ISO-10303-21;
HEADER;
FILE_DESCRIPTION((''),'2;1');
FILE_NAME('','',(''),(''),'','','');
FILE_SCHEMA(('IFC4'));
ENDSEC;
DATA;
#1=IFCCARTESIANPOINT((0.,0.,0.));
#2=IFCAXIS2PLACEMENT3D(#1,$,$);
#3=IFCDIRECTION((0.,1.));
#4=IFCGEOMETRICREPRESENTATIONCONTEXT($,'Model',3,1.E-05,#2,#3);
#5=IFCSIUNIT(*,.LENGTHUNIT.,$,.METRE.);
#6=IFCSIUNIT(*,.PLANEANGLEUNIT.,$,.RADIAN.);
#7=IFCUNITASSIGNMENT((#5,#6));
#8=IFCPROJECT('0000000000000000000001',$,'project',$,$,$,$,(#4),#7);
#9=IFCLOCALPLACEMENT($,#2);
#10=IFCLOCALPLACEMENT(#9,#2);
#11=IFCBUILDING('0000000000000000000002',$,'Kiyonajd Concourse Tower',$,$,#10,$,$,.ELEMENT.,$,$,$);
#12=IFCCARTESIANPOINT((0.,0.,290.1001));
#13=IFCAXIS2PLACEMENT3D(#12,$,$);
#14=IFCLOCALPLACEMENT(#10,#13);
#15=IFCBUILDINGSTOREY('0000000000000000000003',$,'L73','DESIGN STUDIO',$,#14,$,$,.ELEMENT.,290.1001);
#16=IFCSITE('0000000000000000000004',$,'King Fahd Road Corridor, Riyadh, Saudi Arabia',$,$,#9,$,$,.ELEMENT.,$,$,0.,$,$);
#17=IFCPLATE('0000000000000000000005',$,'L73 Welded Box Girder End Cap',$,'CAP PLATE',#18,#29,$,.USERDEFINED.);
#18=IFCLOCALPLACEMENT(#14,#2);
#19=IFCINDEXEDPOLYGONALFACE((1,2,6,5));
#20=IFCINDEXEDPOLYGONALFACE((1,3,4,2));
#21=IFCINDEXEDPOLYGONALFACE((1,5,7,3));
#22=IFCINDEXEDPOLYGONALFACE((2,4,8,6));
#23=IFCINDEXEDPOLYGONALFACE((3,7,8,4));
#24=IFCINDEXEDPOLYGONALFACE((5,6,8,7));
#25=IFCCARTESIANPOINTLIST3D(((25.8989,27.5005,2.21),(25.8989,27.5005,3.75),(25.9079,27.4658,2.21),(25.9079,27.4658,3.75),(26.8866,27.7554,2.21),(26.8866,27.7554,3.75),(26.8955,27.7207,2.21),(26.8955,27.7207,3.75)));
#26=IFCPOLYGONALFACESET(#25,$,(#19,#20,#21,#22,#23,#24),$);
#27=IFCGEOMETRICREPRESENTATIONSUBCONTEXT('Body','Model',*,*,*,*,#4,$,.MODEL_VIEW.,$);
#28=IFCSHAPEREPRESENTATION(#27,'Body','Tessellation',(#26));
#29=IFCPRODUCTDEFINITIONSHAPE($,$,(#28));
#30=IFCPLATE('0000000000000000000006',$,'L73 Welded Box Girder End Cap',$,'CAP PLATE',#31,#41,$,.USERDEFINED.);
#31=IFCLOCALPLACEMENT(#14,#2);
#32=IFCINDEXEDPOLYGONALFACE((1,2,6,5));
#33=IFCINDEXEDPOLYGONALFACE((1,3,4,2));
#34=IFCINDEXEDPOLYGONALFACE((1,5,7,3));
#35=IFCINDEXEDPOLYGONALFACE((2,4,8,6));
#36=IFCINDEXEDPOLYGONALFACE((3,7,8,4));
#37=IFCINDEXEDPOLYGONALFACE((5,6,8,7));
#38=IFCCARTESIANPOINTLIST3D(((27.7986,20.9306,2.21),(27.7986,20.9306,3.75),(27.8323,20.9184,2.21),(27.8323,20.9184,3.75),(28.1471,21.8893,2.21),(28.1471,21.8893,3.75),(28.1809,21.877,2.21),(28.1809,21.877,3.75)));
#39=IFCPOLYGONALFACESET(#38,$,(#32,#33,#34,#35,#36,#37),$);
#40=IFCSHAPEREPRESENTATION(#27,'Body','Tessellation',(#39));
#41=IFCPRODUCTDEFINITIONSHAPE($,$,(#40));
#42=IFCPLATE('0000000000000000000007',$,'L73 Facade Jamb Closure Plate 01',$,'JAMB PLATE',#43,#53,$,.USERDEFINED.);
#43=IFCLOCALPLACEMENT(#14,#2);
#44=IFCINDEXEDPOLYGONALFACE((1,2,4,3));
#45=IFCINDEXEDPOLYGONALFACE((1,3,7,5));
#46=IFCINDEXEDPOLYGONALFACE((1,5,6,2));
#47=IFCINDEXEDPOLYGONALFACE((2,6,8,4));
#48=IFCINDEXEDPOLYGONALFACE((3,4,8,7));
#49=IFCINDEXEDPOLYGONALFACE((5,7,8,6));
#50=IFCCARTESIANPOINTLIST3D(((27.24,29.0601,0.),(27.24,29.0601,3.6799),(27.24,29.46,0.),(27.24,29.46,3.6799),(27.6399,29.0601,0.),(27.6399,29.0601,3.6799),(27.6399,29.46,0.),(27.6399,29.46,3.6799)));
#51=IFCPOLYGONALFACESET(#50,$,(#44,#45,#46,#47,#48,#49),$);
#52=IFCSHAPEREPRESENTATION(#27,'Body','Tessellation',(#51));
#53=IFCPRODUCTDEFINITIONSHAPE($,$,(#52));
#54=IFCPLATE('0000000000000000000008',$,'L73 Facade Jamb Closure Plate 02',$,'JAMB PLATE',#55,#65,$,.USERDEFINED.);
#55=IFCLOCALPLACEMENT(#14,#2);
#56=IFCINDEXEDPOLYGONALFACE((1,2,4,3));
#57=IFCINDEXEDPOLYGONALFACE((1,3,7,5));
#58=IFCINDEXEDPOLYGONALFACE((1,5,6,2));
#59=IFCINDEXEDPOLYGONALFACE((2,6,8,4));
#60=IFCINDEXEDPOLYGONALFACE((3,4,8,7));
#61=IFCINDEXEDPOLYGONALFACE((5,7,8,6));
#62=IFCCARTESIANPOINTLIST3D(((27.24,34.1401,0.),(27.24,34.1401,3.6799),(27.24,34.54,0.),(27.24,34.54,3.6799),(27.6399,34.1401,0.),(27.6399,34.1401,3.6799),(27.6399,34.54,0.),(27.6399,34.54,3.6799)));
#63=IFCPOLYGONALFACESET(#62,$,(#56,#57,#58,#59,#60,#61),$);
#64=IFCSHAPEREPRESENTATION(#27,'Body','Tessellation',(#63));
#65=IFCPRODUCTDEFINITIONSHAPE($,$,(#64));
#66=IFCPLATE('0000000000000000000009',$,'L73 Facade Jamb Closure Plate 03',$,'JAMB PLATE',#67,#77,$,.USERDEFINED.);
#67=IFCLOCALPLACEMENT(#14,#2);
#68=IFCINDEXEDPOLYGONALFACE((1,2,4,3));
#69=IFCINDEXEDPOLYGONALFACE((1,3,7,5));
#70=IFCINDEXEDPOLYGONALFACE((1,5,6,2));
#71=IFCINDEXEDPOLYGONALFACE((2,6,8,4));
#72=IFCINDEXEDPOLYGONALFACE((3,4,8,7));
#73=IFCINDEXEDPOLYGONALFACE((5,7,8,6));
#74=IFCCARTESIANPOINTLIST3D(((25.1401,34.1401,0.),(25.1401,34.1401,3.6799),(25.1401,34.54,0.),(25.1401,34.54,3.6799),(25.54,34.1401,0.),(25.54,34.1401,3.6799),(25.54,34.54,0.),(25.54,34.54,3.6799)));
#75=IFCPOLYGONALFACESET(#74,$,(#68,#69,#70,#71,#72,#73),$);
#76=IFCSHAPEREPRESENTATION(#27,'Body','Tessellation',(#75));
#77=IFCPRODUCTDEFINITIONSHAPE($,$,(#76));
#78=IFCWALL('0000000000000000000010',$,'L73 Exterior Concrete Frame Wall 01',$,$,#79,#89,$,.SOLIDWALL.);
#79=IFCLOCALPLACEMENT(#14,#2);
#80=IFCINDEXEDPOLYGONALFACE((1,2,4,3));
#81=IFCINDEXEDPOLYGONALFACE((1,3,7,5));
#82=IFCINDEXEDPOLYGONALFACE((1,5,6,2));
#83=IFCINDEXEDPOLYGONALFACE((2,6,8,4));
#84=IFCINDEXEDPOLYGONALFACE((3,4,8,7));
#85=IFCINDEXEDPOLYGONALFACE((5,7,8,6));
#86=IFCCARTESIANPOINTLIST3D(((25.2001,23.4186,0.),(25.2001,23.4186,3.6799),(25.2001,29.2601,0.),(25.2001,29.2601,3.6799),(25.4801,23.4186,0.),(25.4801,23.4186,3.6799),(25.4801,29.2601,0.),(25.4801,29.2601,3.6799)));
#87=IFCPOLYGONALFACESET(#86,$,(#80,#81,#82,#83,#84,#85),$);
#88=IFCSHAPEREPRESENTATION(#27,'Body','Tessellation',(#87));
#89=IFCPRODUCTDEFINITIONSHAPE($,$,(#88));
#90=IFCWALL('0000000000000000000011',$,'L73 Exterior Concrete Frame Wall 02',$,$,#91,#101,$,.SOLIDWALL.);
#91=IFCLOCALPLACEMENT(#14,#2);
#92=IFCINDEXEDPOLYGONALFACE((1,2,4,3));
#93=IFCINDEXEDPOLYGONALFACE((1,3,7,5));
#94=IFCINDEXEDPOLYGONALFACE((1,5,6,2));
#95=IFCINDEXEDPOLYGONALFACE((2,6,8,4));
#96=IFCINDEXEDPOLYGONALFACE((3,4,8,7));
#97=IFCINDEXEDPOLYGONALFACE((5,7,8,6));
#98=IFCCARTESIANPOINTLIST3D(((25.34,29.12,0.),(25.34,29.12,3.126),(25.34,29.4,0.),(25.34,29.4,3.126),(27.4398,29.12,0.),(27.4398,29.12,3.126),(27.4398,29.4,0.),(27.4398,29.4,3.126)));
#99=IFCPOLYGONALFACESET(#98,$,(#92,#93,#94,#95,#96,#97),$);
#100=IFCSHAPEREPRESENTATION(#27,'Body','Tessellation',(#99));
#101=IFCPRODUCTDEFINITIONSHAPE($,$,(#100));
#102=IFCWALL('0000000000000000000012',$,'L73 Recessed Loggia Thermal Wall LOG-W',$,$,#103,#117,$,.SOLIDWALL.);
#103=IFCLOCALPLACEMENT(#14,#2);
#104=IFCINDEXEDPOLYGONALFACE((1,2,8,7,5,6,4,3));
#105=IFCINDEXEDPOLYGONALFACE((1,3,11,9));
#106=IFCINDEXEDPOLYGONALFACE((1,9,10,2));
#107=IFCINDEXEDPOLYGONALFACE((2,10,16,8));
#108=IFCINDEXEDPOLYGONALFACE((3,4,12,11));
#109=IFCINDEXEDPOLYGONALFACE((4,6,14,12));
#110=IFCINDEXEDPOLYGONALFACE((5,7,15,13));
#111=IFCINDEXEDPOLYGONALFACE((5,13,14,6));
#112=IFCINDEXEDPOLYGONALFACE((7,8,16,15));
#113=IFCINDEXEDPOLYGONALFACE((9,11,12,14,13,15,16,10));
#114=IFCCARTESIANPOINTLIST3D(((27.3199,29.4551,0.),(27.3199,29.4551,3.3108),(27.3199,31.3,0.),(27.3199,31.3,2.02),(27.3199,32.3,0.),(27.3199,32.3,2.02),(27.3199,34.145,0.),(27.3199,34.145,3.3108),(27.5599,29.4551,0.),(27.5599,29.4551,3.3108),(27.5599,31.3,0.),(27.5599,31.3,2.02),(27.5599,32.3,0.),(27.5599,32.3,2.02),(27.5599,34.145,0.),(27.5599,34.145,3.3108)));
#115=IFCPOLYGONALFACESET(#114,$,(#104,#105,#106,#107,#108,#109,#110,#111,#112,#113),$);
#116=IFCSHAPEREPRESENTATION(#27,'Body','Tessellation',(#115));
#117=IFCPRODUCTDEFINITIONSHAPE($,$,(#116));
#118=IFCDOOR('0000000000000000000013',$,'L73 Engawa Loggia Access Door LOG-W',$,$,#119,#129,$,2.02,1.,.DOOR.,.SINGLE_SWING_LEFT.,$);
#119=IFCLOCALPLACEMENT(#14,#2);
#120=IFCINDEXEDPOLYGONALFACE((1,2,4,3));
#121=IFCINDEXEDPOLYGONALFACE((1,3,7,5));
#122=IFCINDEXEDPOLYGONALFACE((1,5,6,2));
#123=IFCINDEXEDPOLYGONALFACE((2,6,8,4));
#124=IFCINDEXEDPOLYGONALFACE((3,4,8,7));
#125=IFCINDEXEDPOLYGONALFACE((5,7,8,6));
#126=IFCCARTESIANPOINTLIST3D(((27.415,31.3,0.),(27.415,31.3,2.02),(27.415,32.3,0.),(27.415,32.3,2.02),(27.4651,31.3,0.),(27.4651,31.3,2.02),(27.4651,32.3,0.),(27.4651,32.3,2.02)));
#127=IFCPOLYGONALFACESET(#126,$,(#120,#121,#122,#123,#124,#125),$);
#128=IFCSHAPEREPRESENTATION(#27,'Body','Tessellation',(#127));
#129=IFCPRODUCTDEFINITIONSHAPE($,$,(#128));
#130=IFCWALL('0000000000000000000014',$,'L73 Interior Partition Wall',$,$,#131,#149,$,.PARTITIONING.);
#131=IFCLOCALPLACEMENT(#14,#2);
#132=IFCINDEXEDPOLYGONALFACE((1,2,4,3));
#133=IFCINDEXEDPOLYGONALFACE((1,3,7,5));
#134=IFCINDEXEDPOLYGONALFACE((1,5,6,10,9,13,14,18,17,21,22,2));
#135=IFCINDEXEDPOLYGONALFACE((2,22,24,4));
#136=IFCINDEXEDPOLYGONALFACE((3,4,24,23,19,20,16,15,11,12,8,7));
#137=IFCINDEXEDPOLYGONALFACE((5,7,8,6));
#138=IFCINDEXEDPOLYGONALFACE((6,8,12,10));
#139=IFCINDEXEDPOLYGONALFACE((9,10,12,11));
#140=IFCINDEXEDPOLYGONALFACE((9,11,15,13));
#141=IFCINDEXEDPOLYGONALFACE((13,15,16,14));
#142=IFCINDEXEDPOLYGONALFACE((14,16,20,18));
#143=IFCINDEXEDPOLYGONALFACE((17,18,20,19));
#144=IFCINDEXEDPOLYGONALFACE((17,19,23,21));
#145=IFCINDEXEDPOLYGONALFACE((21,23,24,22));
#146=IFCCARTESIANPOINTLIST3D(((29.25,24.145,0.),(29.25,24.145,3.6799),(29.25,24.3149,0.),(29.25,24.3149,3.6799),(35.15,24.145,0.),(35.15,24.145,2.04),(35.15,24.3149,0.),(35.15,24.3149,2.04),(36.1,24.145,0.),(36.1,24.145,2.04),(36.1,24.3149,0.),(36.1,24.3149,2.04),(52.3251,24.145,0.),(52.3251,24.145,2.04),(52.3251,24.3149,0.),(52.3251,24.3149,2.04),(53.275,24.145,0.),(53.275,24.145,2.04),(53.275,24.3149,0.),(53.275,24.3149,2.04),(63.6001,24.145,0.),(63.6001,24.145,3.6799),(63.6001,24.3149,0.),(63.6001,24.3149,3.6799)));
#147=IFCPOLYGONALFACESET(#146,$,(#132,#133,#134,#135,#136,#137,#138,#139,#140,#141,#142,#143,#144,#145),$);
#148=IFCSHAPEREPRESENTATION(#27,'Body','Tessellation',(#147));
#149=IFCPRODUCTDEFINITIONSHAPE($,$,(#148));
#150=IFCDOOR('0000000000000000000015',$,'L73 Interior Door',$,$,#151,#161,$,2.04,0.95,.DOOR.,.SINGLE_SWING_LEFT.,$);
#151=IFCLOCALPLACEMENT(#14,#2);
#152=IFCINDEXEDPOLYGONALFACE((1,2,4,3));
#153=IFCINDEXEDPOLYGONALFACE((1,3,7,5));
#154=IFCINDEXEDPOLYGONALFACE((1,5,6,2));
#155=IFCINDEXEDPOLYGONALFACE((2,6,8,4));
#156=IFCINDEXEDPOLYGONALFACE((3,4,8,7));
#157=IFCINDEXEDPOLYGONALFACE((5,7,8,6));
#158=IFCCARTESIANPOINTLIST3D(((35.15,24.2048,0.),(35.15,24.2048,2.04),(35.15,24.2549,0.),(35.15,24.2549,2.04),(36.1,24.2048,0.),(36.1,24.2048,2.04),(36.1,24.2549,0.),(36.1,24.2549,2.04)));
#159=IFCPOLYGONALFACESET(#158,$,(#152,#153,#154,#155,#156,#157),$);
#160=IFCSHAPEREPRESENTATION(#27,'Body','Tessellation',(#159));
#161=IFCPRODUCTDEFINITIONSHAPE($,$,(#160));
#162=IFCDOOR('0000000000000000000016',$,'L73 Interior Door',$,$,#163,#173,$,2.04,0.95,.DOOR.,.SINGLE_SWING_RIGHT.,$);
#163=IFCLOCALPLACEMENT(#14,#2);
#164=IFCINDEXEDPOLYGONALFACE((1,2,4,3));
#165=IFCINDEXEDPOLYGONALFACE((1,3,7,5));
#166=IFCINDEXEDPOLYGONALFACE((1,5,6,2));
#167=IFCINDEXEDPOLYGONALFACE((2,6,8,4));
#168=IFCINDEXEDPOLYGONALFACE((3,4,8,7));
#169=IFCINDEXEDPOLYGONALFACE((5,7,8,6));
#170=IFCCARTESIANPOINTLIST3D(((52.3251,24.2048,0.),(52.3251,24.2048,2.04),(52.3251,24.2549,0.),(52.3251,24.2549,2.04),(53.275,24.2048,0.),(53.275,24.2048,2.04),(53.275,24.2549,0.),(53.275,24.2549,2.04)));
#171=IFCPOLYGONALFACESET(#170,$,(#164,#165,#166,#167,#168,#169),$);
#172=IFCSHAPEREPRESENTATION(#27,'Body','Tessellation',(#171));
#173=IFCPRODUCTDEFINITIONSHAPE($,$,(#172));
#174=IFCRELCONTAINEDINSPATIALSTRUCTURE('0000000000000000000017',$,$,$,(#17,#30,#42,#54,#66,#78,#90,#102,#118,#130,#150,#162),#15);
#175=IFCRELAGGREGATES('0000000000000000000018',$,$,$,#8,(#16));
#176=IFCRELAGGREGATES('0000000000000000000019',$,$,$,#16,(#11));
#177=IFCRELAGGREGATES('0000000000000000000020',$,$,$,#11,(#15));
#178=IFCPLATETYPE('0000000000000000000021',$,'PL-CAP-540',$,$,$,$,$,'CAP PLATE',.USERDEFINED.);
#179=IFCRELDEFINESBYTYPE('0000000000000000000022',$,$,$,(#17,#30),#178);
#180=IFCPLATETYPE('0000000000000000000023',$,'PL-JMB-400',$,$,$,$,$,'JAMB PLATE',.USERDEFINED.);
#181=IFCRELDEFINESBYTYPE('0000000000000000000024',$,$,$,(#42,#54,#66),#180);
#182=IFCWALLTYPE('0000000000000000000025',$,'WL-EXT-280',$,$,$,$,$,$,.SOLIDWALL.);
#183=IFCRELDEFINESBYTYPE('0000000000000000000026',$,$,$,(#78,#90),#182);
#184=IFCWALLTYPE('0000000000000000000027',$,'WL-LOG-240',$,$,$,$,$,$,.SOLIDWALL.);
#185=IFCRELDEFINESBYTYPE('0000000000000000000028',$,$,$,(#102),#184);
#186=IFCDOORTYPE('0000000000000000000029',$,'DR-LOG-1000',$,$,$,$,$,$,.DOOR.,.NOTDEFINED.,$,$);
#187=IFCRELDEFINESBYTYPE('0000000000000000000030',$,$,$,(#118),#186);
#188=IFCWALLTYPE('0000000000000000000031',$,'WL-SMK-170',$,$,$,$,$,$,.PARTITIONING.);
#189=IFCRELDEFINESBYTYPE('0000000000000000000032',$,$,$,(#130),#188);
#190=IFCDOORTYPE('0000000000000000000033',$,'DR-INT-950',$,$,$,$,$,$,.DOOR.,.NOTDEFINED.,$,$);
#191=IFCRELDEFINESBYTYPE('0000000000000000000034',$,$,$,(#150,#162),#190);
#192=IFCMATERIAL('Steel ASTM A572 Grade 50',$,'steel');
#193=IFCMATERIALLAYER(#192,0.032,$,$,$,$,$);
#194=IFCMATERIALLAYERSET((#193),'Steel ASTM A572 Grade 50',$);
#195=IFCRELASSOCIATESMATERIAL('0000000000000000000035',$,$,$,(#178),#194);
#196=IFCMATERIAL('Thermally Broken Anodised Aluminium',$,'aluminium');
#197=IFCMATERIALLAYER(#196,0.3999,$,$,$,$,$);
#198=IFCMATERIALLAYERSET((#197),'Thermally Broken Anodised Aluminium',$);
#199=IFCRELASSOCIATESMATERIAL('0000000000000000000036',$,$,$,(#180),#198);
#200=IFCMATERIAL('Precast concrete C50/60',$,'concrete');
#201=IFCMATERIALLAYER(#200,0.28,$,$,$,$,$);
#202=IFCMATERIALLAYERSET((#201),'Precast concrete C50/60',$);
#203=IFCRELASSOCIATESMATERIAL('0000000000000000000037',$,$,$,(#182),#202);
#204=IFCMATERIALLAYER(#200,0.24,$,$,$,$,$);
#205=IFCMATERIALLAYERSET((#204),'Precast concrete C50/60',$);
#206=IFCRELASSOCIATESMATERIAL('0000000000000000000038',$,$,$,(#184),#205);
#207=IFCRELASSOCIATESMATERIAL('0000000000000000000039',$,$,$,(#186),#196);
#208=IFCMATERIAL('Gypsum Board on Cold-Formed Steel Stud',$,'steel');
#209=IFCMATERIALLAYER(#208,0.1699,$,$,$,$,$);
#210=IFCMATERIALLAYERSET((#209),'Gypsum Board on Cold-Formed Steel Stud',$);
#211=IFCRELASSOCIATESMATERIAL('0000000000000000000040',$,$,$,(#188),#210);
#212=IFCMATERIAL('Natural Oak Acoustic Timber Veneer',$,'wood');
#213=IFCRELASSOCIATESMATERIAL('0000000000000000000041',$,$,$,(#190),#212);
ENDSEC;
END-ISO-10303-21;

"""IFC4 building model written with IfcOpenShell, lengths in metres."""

from ifc_helpers import new_model, si_unit, direction, frame, frame_2d, origin, origin_2d, place, context, subcontext, project, spatial, rectangle, extrude, material, layer, layer_set, type_object, element, fill, save


model = new_model("IFC4")

# Units and contexts
model_context = context("Model", 3, precision=1e-05, world=origin(), true_north=direction((0.0, 1.0)))
body_context = subcontext(model_context, "Body", "Model", "MODEL_VIEW")
ifc_project = project(units=[si_unit("LENGTHUNIT", "METRE"), si_unit("PLANEANGLEUNIT", "RADIAN")], contexts=[model_context])

# Site, building, storey
site_placement = place(None, origin())
site = spatial("IfcSite", under=ifc_project, at=site_placement, Name="King Fahd Road Corridor, Riyadh, Saudi Arabia", CompositionType="ELEMENT", RefElevation=0.0)
building_placement = place(site_placement, origin())
building = spatial("IfcBuilding", under=site, at=building_placement, Name="Kiyonajd Concourse Tower", CompositionType="ELEMENT")
storey_placement = place(building_placement, frame((0.0, 0.0, 290.1001)))
storey = spatial("IfcBuildingStorey", under=building, at=storey_placement, Name="L73", Description="DESIGN STUDIO", CompositionType="ELEMENT", Elevation=290.1001)

# Shared definitions
ifc_material_1 = material(Name="Steel ASTM A572 Grade 50", Category="steel")

# Plates
ifc_layer_1 = layer(ifc_material_1, 0.032)
ifc_layer_set_1 = layer_set([ifc_layer_1], Name="Steel ASTM A572 Grade 50")
plate_type_1 = type_object("IfcPlateType", Name="PL-CAP-540", ElementType="CAP PLATE", PredefinedType="USERDEFINED", material=ifc_layer_set_1)
for number, where, z_axis, x_axis, name in (
    (1, (26.3972, 27.6106, 2.21), (0.0, 0.0, 1.0), (-0.249873, 0.968279, 0.0), "L73 Welded Box Girder End Cap"),
    (2, (27.9897, 21.4038, 2.21), (0.0, 0.0, 1.0), (-0.939812, 0.341692, 0.0), "L73 Welded Box Girder End Cap"),
):
    element("IfcPlate", number, at=place(storey_placement, frame(where, z_axis=z_axis, x_axis=x_axis)), inside=storey, type_object=plate_type_1, Name=name, ObjectType="CAP PLATE", PredefinedType="USERDEFINED", context=body_context, shape_type="SweptSolid", body=[
        extrude(rectangle(XDim=0.0359, YDim=1.02, at=origin_2d()), origin(), (0.0, 0.0, 1.0), 1.54),
    ])
ifc_material_2 = material(Name="Thermally Broken Anodised Aluminium", Category="aluminium")
ifc_layer_2 = layer(ifc_material_2, 0.3999)
ifc_layer_set_2 = layer_set([ifc_layer_2], Name="Thermally Broken Anodised Aluminium")
plate_type_2 = type_object("IfcPlateType", Name="PL-JMB-400", ElementType="JAMB PLATE", PredefinedType="USERDEFINED", material=ifc_layer_set_2)
for number, where, z_axis, x_axis, name in (
    (3, (27.4399, 29.26, 0.0), (0.0, 0.0, 1.0), (1.0, 0.0, 0.0), "L73 Facade Jamb Closure Plate 01"),
    (4, (27.4399, 34.3401, 0.0), (0.0, 0.0, 1.0), (1.0, 0.0, 0.0), "L73 Facade Jamb Closure Plate 02"),
    (5, (25.3401, 34.3401, 0.0), (0.0, 0.0, 1.0), (1.0, 0.0, 0.0), "L73 Facade Jamb Closure Plate 03"),
):
    element("IfcPlate", number, at=place(storey_placement, frame(where, z_axis=z_axis, x_axis=x_axis)), inside=storey, type_object=plate_type_2, Name=name, ObjectType="JAMB PLATE", PredefinedType="USERDEFINED", context=body_context, shape_type="SweptSolid", body=[
        extrude(rectangle(XDim=0.3999, YDim=0.3999, at=origin_2d()), origin(), (0.0, 0.0, 1.0), 3.6799),
    ])

# Walls
ifc_material_3 = material(Name="Precast concrete C50/60", Category="concrete")
ifc_layer_3 = layer(ifc_material_3, 0.28)
ifc_layer_set_3 = layer_set([ifc_layer_3], Name="Precast concrete C50/60")
wall_type_1 = type_object("IfcWallType", Name="WL-EXT-280", PredefinedType="SOLIDWALL", material=ifc_layer_set_3)
wall_1_placement = place(storey_placement, frame((25.3401, 23.4185, 0.0), z_axis=(0.0, 0.0, 1.0), x_axis=(0.0, 1.0, 0.0)))
element("IfcWall", 6, at=wall_1_placement, inside=storey, type_object=wall_type_1, Name="L73 Exterior Concrete Frame Wall 01", PredefinedType="SOLIDWALL", context=body_context, shape_type="SweptSolid", body=[
    extrude(rectangle(XDim=5.8416, YDim=0.28, at=frame_2d((2.9209, 0.0))), origin(), (0.0, 0.0, 1.0), 3.6799),
])
wall_2_placement = place(storey_placement, frame((25.3401, 29.26, 0.0), z_axis=(0.0, 0.0, 1.0), x_axis=(1.0, 0.0, 0.0)))
element("IfcWall", 7, at=wall_2_placement, inside=storey, type_object=wall_type_1, Name="L73 Exterior Concrete Frame Wall 02", PredefinedType="SOLIDWALL", context=body_context, shape_type="SweptSolid", body=[
    extrude(rectangle(XDim=2.0999, YDim=0.28, at=frame_2d((1.0498, 0.0))), origin(), (0.0, 0.0, 1.0), 3.126),
])

# Wall, opening, door
ifc_layer_4 = layer(ifc_material_3, 0.24)
ifc_layer_set_4 = layer_set([ifc_layer_4], Name="Precast concrete C50/60")
wall_type_2 = type_object("IfcWallType", Name="WL-LOG-240", PredefinedType="SOLIDWALL", material=ifc_layer_set_4)
wall_3_placement = place(storey_placement, frame((27.4399, 29.4551, 0.0), z_axis=(0.0, 0.0, 1.0), x_axis=(0.0, 1.0, 0.0)))
wall_3 = element("IfcWall", 8, at=wall_3_placement, inside=storey, type_object=wall_type_2, Name="L73 Recessed Loggia Thermal Wall LOG-W", PredefinedType="SOLIDWALL", context=body_context, shape_type="SweptSolid", body=[
    extrude(rectangle(XDim=4.6899, YDim=0.24, at=frame_2d((2.345, 0.0))), origin(), (0.0, 0.0, 1.0), 3.3108),
])
opening_1_placement = place(wall_3_placement, frame((1.845, 0.0, 0.0)))
opening_1 = element("IfcOpeningElement", 9, at=opening_1_placement, cuts=wall_3, PredefinedType="OPENING", context=body_context, shape_type="SweptSolid", body=[
    extrude(rectangle(XDim=1.0, YDim=2.02, at=frame_2d((0.5, 1.01))), frame((0.0, 0.1299, 0.0), z_axis=(0.0, -1.0, 0.0), x_axis=(1.0, 0.0, 0.0)), (0.0, 0.0, 1.0), 0.26),
])
door_type_1 = type_object("IfcDoorType", Name="DR-LOG-1000", OperationType="NOTDEFINED", PredefinedType="DOOR", material=ifc_material_2)
door_1_placement = place(opening_1_placement, origin())
door_1 = element("IfcDoor", 10, at=door_1_placement, inside=storey, type_object=door_type_1, Name="L73 Engawa Loggia Access Door LOG-W", OperationType="SINGLE_SWING_LEFT", OverallHeight=2.02, OverallWidth=1.0, PredefinedType="DOOR", context=body_context, shape_type="SweptSolid", body=[
    extrude(rectangle(XDim=1.0, YDim=2.02, at=frame_2d((0.5, 1.01))), frame((0.0, 0.0249, 0.0), z_axis=(0.0, -1.0, 0.0), x_axis=(1.0, 0.0, 0.0)), (0.0, 0.0, 1.0), 0.05),
])
fill(opening_1, door_1)

# Wall, openings, doors
ifc_material_4 = material(Name="Gypsum Board on Cold-Formed Steel Stud", Category="steel")
ifc_layer_5 = layer(ifc_material_4, 0.1699)
ifc_layer_set_5 = layer_set([ifc_layer_5], Name="Gypsum Board on Cold-Formed Steel Stud")
wall_type_3 = type_object("IfcWallType", Name="WL-SMK-170", PredefinedType="PARTITIONING", material=ifc_layer_set_5)
wall_4_placement = place(storey_placement, frame((29.25, 24.23, 0.0), z_axis=(0.0, 0.0, 1.0), x_axis=(1.0, 0.0, 0.0)))
wall_4 = element("IfcWall", 11, at=wall_4_placement, inside=storey, type_object=wall_type_3, Name="L73 Interior Partition Wall", PredefinedType="PARTITIONING", context=body_context, shape_type="SweptSolid", body=[
    extrude(rectangle(XDim=34.3501, YDim=0.1699, at=frame_2d((17.175, 0.0))), origin(), (0.0, 0.0, 1.0), 3.6799),
])
opening_2_placement = place(wall_4_placement, frame((5.8999, 0.0, 0.0)))
opening_2 = element("IfcOpeningElement", 12, at=opening_2_placement, cuts=wall_4, PredefinedType="OPENING", context=body_context, shape_type="SweptSolid", body=[
    extrude(rectangle(XDim=0.95, YDim=2.04, at=frame_2d((0.4751, 1.02))), frame((0.0, 0.095, 0.0), z_axis=(0.0, -1.0, 0.0), x_axis=(1.0, 0.0, 0.0)), (0.0, 0.0, 1.0), 0.1899),
])
opening_3_placement = place(wall_4_placement, frame((23.075, 0.0, 0.0)))
opening_3 = element("IfcOpeningElement", 13, at=opening_3_placement, cuts=wall_4, PredefinedType="OPENING", context=body_context, shape_type="SweptSolid", body=[
    extrude(rectangle(XDim=0.95, YDim=2.04, at=frame_2d((0.4751, 1.02))), frame((0.0, 0.095, 0.0), z_axis=(0.0, -1.0, 0.0), x_axis=(1.0, 0.0, 0.0)), (0.0, 0.0, 1.0), 0.1899),
])
ifc_material_5 = material(Name="Natural Oak Acoustic Timber Veneer", Category="wood")
door_type_2 = type_object("IfcDoorType", Name="DR-INT-950", OperationType="NOTDEFINED", PredefinedType="DOOR", material=ifc_material_5)
door_2_placement = place(opening_2_placement, origin())
door_2 = element("IfcDoor", 14, at=door_2_placement, inside=storey, type_object=door_type_2, Name="L73 Interior Door", OperationType="SINGLE_SWING_LEFT", OverallHeight=2.04, OverallWidth=0.95, PredefinedType="DOOR", context=body_context, shape_type="SweptSolid", body=[
    extrude(rectangle(XDim=0.95, YDim=2.04, at=frame_2d((0.4751, 1.02))), frame((0.0, 0.0249, 0.0), z_axis=(0.0, -1.0, 0.0), x_axis=(1.0, 0.0, 0.0)), (0.0, 0.0, 1.0), 0.05),
])
fill(opening_2, door_2)
door_3_placement = place(opening_3_placement, origin())
door_3 = element("IfcDoor", 15, at=door_3_placement, inside=storey, type_object=door_type_2, Name="L73 Interior Door", OperationType="SINGLE_SWING_RIGHT", OverallHeight=2.04, OverallWidth=0.95, PredefinedType="DOOR", context=body_context, shape_type="SweptSolid", body=[
    extrude(rectangle(XDim=0.95, YDim=2.04, at=frame_2d((0.4751, 1.02))), frame((0.0, 0.0249, 0.0), z_axis=(0.0, -1.0, 0.0), x_axis=(1.0, 0.0, 0.0)), (0.0, 0.0, 1.0), 0.05),
])
fill(opening_3, door_3)

save(model, "model.ifc")
